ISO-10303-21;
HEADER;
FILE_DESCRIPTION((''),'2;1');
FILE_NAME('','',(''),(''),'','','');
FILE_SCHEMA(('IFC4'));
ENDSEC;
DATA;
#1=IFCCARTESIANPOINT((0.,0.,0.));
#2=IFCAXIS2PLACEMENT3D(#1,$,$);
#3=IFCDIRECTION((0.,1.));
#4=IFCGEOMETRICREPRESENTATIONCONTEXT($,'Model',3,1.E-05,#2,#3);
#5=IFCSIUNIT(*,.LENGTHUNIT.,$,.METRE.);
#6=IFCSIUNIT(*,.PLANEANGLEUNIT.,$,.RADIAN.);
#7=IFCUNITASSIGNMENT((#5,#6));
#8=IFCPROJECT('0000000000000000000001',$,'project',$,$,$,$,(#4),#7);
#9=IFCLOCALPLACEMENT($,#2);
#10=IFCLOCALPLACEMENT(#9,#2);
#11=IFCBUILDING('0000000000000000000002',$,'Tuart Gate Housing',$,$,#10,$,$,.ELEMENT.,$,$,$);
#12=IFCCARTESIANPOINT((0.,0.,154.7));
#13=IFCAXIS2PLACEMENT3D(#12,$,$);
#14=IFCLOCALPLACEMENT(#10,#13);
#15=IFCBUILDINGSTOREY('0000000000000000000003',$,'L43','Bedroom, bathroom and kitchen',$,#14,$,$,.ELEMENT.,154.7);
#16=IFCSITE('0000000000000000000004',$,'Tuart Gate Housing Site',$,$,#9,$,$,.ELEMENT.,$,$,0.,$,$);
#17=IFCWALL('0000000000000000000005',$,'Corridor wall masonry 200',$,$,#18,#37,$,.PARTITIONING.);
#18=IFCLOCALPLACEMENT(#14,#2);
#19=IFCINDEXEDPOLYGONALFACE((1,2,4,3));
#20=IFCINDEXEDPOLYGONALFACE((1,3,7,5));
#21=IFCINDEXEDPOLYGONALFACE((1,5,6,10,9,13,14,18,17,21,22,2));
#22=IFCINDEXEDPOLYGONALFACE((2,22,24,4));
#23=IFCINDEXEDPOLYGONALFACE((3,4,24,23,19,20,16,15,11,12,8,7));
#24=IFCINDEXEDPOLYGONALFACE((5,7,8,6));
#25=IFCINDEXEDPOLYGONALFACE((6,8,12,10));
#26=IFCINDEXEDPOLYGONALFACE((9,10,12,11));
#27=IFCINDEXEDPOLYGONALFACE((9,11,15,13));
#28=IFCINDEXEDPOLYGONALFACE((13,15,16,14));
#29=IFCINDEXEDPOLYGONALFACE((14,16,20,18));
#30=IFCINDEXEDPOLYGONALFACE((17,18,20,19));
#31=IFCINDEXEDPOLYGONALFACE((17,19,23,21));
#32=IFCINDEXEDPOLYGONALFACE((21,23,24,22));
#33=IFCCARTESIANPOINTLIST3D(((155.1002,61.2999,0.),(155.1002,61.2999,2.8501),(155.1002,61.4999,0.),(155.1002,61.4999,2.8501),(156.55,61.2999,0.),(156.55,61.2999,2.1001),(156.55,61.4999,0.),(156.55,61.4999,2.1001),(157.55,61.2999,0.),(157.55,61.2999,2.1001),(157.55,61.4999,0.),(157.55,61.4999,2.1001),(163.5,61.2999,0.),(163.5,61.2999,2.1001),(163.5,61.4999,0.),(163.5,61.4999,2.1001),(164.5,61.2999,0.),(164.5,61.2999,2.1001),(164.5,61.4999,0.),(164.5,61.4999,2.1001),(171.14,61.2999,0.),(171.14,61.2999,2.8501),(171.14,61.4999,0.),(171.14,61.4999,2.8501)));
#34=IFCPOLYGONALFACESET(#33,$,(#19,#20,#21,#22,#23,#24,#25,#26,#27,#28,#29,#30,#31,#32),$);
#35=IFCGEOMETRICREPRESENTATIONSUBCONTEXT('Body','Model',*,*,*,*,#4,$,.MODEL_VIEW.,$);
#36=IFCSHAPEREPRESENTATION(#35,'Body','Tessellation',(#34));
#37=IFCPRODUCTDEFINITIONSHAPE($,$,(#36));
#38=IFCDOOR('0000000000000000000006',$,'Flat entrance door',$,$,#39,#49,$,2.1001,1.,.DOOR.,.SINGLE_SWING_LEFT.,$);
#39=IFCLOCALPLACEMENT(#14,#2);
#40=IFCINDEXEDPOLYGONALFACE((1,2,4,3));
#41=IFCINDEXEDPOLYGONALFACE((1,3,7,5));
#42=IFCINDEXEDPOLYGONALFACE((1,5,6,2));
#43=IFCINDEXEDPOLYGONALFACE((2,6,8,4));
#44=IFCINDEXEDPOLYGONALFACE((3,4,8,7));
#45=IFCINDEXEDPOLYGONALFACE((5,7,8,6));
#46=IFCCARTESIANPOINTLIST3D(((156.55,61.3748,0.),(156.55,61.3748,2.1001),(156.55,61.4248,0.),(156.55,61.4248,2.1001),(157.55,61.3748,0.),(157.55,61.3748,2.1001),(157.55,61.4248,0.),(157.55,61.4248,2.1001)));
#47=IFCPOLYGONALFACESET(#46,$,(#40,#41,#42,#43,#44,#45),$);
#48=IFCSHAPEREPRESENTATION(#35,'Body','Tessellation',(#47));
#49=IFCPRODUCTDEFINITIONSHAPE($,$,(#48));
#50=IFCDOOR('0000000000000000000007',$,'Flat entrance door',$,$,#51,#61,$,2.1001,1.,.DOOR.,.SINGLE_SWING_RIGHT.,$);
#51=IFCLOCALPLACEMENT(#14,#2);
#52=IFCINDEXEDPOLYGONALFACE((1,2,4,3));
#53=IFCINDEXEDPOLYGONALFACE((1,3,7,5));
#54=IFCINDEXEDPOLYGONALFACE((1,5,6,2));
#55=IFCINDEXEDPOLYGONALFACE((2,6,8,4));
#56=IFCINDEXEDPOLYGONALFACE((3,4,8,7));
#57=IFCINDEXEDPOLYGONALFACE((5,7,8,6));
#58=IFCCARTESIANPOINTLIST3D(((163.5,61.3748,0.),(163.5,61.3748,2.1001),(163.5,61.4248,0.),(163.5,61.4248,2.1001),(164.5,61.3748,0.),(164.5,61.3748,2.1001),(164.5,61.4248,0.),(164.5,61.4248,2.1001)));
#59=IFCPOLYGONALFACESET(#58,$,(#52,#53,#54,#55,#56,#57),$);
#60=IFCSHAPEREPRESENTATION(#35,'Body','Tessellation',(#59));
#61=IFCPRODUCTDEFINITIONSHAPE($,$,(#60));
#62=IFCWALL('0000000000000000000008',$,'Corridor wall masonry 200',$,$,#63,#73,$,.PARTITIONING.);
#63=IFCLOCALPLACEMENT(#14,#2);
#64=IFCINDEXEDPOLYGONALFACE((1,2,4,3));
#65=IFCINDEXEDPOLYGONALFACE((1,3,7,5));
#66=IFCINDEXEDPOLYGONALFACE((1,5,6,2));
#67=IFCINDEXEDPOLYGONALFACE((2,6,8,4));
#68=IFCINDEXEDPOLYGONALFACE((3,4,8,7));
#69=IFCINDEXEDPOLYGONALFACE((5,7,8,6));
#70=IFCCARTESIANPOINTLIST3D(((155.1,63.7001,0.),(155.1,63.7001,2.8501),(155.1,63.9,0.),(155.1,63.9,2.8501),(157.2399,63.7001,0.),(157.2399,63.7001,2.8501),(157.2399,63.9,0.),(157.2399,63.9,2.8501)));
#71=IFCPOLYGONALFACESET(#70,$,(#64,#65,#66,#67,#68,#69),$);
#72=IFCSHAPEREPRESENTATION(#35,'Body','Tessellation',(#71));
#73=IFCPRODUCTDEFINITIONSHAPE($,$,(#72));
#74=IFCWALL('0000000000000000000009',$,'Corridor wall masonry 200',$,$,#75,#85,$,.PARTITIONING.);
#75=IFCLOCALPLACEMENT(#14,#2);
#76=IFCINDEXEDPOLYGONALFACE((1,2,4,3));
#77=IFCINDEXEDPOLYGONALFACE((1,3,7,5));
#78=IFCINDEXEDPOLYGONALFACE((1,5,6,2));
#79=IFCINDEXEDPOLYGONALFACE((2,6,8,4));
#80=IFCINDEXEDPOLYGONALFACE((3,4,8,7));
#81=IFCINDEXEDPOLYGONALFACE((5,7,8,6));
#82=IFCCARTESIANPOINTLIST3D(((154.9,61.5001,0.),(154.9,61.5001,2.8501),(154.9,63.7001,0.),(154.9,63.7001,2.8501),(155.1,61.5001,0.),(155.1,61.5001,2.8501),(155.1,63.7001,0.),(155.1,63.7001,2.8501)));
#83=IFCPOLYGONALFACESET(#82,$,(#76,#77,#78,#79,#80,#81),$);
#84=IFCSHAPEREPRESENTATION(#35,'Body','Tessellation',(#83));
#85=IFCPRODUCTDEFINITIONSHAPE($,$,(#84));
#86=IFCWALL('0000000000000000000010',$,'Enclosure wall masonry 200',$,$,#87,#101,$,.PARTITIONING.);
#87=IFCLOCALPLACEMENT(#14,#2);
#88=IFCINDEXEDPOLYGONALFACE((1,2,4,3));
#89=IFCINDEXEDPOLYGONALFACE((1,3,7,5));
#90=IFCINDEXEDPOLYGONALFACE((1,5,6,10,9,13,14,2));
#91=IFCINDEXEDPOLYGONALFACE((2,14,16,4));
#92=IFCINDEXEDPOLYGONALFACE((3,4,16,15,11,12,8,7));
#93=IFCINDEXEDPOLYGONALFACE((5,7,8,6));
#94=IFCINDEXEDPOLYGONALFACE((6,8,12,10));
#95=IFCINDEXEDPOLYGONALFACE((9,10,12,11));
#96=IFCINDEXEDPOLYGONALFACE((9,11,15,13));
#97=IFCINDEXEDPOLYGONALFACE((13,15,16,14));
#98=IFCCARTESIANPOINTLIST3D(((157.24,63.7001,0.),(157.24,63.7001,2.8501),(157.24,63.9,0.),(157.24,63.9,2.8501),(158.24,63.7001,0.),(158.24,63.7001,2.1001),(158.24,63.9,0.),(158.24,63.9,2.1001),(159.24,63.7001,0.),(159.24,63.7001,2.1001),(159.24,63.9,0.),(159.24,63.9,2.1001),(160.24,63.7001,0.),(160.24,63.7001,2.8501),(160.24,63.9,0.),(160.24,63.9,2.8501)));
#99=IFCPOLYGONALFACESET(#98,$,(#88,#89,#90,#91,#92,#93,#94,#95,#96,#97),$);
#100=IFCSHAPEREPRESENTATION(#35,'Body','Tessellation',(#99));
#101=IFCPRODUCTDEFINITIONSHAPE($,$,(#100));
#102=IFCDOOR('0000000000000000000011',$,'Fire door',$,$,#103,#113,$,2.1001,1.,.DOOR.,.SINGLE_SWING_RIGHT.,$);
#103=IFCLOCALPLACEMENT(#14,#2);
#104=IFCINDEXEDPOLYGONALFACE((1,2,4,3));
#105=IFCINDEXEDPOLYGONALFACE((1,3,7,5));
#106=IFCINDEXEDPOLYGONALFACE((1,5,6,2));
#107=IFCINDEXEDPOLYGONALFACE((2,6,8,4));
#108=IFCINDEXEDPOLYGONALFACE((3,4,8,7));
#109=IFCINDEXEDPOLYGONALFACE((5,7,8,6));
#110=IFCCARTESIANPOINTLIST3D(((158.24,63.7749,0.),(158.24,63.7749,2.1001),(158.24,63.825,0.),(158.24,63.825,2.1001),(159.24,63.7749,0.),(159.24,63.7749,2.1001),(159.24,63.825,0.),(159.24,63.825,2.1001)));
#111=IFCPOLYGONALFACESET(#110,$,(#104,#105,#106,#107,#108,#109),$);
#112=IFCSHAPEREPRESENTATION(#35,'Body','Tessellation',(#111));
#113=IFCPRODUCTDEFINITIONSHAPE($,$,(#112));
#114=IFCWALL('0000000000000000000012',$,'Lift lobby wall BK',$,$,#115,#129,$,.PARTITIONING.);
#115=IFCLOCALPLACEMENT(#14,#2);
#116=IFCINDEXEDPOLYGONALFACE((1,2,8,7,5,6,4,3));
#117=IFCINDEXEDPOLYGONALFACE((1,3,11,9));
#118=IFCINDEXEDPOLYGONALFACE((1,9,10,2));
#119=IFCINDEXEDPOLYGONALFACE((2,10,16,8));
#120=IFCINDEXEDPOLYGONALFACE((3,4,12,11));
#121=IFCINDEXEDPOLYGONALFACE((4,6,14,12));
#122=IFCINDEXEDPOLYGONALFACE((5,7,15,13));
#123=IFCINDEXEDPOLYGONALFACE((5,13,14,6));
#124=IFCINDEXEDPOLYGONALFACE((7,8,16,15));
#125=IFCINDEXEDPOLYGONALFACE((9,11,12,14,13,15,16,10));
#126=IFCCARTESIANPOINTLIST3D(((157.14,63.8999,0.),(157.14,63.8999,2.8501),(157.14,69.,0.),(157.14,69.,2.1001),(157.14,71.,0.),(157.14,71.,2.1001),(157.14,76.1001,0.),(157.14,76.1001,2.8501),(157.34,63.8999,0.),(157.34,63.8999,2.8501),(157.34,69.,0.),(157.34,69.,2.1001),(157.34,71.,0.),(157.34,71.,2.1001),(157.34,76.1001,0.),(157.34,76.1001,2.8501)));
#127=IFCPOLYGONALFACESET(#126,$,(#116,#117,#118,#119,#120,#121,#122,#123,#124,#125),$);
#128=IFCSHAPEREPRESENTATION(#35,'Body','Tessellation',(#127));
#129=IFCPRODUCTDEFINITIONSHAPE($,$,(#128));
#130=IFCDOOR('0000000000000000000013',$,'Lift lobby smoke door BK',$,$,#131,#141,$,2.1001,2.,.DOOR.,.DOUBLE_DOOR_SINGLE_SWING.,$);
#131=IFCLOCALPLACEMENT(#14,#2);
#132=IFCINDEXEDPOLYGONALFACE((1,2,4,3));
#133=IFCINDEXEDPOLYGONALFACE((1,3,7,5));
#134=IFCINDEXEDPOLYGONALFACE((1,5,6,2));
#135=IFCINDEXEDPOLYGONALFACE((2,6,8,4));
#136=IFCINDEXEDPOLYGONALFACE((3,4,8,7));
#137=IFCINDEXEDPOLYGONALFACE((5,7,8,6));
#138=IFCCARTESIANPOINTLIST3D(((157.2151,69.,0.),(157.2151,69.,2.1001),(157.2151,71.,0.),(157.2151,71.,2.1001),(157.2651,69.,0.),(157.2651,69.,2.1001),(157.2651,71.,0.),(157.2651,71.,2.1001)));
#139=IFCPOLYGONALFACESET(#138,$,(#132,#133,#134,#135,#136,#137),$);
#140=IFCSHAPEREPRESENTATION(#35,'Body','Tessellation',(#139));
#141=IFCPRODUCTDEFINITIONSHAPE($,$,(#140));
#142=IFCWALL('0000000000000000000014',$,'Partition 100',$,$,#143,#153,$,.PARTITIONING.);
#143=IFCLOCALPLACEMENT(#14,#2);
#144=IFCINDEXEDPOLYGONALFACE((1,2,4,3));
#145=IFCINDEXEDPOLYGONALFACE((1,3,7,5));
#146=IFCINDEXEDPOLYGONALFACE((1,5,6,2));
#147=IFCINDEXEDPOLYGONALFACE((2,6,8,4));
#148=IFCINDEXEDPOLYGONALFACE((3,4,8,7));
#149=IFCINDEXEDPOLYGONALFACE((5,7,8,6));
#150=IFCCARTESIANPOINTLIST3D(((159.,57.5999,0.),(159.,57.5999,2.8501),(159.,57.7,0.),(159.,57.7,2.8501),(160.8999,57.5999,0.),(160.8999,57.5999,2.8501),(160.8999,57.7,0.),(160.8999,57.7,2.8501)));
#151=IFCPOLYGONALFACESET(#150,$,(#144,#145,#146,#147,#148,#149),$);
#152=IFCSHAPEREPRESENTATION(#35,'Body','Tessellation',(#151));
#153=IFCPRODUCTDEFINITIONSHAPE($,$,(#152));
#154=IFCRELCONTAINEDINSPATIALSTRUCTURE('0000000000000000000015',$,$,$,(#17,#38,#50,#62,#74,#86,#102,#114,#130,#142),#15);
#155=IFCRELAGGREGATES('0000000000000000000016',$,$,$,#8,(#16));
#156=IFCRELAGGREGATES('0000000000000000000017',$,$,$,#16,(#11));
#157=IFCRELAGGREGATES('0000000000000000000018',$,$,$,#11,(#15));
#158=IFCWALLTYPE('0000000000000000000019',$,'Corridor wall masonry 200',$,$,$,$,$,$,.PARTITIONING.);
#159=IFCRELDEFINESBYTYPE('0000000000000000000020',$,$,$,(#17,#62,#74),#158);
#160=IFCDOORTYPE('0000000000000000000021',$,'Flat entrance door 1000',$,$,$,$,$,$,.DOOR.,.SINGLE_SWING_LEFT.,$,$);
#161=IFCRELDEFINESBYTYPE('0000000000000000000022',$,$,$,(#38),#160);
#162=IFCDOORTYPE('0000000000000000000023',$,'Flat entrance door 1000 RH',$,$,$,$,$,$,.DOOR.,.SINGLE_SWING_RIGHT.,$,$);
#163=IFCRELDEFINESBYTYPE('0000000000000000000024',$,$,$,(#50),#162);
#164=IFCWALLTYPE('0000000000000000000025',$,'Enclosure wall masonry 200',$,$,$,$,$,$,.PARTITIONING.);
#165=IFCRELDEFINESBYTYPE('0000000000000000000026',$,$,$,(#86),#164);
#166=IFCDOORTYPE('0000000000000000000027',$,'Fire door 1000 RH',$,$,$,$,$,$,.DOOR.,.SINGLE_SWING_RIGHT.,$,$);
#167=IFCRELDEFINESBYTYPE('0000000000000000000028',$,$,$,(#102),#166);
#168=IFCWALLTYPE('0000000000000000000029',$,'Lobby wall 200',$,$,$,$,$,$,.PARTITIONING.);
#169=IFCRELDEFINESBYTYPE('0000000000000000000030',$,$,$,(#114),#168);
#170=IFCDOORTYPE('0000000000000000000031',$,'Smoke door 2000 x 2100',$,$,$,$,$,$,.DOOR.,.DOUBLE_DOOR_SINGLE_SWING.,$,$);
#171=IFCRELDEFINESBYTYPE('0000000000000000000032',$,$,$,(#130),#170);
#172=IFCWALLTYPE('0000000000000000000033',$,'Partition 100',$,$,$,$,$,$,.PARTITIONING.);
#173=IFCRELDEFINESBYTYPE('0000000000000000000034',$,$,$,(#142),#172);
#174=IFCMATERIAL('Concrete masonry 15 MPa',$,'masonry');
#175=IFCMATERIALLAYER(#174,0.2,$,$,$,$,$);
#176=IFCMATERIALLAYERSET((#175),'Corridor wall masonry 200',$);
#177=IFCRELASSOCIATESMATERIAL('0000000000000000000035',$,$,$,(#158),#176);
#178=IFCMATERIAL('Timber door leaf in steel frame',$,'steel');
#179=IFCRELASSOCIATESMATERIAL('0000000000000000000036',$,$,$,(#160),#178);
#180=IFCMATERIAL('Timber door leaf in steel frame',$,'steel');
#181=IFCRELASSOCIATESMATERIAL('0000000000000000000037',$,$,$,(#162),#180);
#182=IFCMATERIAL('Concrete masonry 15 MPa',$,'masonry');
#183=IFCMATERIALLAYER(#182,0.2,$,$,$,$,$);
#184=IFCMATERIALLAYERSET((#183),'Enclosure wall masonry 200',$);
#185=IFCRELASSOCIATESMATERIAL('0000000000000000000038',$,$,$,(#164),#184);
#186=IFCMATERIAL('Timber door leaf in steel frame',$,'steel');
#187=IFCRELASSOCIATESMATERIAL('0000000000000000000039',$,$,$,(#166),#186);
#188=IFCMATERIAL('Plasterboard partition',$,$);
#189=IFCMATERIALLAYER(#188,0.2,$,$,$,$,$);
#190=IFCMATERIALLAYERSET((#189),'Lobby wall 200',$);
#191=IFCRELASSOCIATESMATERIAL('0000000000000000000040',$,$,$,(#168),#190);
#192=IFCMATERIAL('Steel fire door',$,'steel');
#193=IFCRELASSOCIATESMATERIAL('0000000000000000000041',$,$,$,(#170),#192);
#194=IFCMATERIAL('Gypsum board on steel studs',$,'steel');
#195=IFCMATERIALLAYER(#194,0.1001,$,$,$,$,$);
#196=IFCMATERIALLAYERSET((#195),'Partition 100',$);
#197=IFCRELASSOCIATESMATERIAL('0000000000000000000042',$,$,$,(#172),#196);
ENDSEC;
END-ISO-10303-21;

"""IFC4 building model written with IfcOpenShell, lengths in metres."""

from ifc_helpers import new_model, si_unit, direction, frame, frame_2d, origin, place, context, subcontext, project, spatial, rectangle, extrude, material, layer, layer_set, type_object, element, fill, save


model = new_model("IFC4")

# Units and contexts
model_context = context("Model", 3, precision=1e-05, world=origin(), true_north=direction((0.0, 1.0)))
body_context = subcontext(model_context, "Body", "Model", "MODEL_VIEW")
ifc_project = project(units=[si_unit("LENGTHUNIT", "METRE"), si_unit("PLANEANGLEUNIT", "RADIAN")], contexts=[model_context])

# Site, building, storey
site_placement = place(None, origin())
site = spatial("IfcSite", under=ifc_project, at=site_placement, Name="Tuart Gate Housing Site", CompositionType="ELEMENT", RefElevation=0.0)
building_placement = place(site_placement, origin())
building = spatial("IfcBuilding", under=site, at=building_placement, Name="Tuart Gate Housing", CompositionType="ELEMENT")
storey_placement = place(building_placement, frame((0.0, 0.0, 154.7)))
storey = spatial("IfcBuildingStorey", under=building, at=storey_placement, Name="L43", Description="Bedroom, bathroom and kitchen", CompositionType="ELEMENT", Elevation=154.7)

# Wall, openings, doors
ifc_material_1 = material(Name="Concrete masonry 15 MPa", Category="masonry")
ifc_layer_1 = layer(ifc_material_1, 0.2)
ifc_layer_set_1 = layer_set([ifc_layer_1], Name="Corridor wall masonry 200")
wall_type_1 = type_object("IfcWallType", Name="Corridor wall masonry 200", PredefinedType="PARTITIONING", material=ifc_layer_set_1)
wall_1_placement = place(storey_placement, frame((155.1001, 61.3999, 0.0), z_axis=(0.0, 0.0, 1.0), x_axis=(1.0, 0.0, 0.0)))
wall_1 = element("IfcWall", 1, at=wall_1_placement, inside=storey, type_object=wall_type_1, Name="Corridor wall masonry 200", PredefinedType="PARTITIONING", context=body_context, shape_type="SweptSolid", body=[
    extrude(rectangle(XDim=16.0398, YDim=0.2, at=frame_2d((8.02, 0.0))), origin(), (0.0, 0.0, 1.0), 2.8501),
])
opening_1_placement = place(wall_1_placement, frame((1.45, 0.0, 0.0)))
opening_1 = element("IfcOpeningElement", 2, at=opening_1_placement, cuts=wall_1, PredefinedType="OPENING", context=body_context, shape_type="SweptSolid", body=[
    extrude(rectangle(XDim=1.0, YDim=2.1001, at=frame_2d((0.5, 1.05))), frame((0.0, 0.1099, 0.0), z_axis=(0.0, -1.0, 0.0), x_axis=(1.0, 0.0, 0.0)), (0.0, 0.0, 1.0), 0.22),
])
opening_2_placement = place(wall_1_placement, frame((8.3999, 0.0, 0.0)))
opening_2 = element("IfcOpeningElement", 3, at=opening_2_placement, cuts=wall_1, PredefinedType="OPENING", context=body_context, shape_type="SweptSolid", body=[
    extrude(rectangle(XDim=1.0, YDim=2.1001, at=frame_2d((0.5, 1.05))), frame((0.0, 0.1099, 0.0), z_axis=(0.0, -1.0, 0.0), x_axis=(1.0, 0.0, 0.0)), (0.0, 0.0, 1.0), 0.22),
])
ifc_material_2 = material(Name="Timber door leaf in steel frame", Category="steel")
door_type_1 = type_object("IfcDoorType", Name="Flat entrance door 1000", OperationType="SINGLE_SWING_LEFT", PredefinedType="DOOR", material=ifc_material_2)
door_1_placement = place(opening_1_placement, frame((1.0, 0.0, 0.0), z_axis=(0.0, 0.0, 1.0), x_axis=(-1.0, 0.0, 0.0)))
door_1 = element("IfcDoor", 4, at=door_1_placement, inside=storey, type_object=door_type_1, Name="Flat entrance door", OperationType="SINGLE_SWING_LEFT", OverallHeight=2.1001, OverallWidth=1.0, PredefinedType="DOOR", context=body_context, shape_type="SweptSolid", body=[
    extrude(rectangle(XDim=1.0, YDim=2.1001, at=frame_2d((0.5, 1.05))), frame((0.0, 0.0251, 0.0), z_axis=(0.0, -1.0, 0.0), x_axis=(1.0, 0.0, 0.0)), (0.0, 0.0, 1.0), 0.05),
])
fill(opening_1, door_1)
ifc_material_3 = material(Name="Timber door leaf in steel frame", Category="steel")
door_type_2 = type_object("IfcDoorType", Name="Flat entrance door 1000 RH", OperationType="SINGLE_SWING_RIGHT", PredefinedType="DOOR", material=ifc_material_3)
door_2_placement = place(opening_2_placement, frame((1.0, 0.0, 0.0), z_axis=(0.0, 0.0, 1.0), x_axis=(-1.0, 0.0, 0.0)))
door_2 = element("IfcDoor", 5, at=door_2_placement, inside=storey, type_object=door_type_2, Name="Flat entrance door", OperationType="SINGLE_SWING_RIGHT", OverallHeight=2.1001, OverallWidth=1.0, PredefinedType="DOOR", context=body_context, shape_type="SweptSolid", body=[
    extrude(rectangle(XDim=1.0, YDim=2.1001, at=frame_2d((0.5, 1.05))), frame((0.0, 0.0251, 0.0), z_axis=(0.0, -1.0, 0.0), x_axis=(1.0, 0.0, 0.0)), (0.0, 0.0, 1.0), 0.05),
])
fill(opening_2, door_2)

# Walls
wall_2_placement = place(storey_placement, frame((155.1001, 63.8, 0.0), z_axis=(0.0, 0.0, 1.0), x_axis=(1.0, 0.0, 0.0)))
element("IfcWall", 6, at=wall_2_placement, inside=storey, type_object=wall_type_1, Name="Corridor wall masonry 200", PredefinedType="PARTITIONING", context=body_context, shape_type="SweptSolid", body=[
    extrude(rectangle(XDim=2.1399, YDim=0.2, at=frame_2d((1.0698, 0.0))), origin(), (0.0, 0.0, 1.0), 2.8501),
])
wall_3_placement = place(storey_placement, frame((155.0, 61.5, 0.0), z_axis=(0.0, 0.0, 1.0), x_axis=(0.0, 1.0, 0.0)))
element("IfcWall", 7, at=wall_3_placement, inside=storey, type_object=wall_type_1, Name="Corridor wall masonry 200", PredefinedType="PARTITIONING", context=body_context, shape_type="SweptSolid", body=[
    extrude(rectangle(XDim=2.2, YDim=0.2, at=frame_2d((1.1001, 0.0))), origin(), (0.0, 0.0, 1.0), 2.8501),
])

# Walls, openings, doors
ifc_material_4 = material(Name="Concrete masonry 15 MPa", Category="masonry")
ifc_layer_2 = layer(ifc_material_4, 0.2)
ifc_layer_set_2 = layer_set([ifc_layer_2], Name="Enclosure wall masonry 200")
wall_type_2 = type_object("IfcWallType", Name="Enclosure wall masonry 200", PredefinedType="PARTITIONING", material=ifc_layer_set_2)
wall_4_placement = place(storey_placement, frame((157.24, 63.8, 0.0), z_axis=(0.0, 0.0, 1.0), x_axis=(1.0, 0.0, 0.0)))
wall_4 = element("IfcWall", 8, at=wall_4_placement, inside=storey, type_object=wall_type_2, Name="Enclosure wall masonry 200", PredefinedType="PARTITIONING", context=body_context, shape_type="SweptSolid", body=[
    extrude(rectangle(XDim=3.0, YDim=0.2, at=frame_2d((1.5, 0.0))), origin(), (0.0, 0.0, 1.0), 2.8501),
])
opening_3_placement = place(wall_4_placement, frame((1.0, 0.0, 0.0)))
opening_3 = element("IfcOpeningElement", 9, at=opening_3_placement, cuts=wall_4, PredefinedType="OPENING", context=body_context, shape_type="SweptSolid", body=[
    extrude(rectangle(XDim=1.0, YDim=2.1001, at=frame_2d((0.5, 1.05))), frame((0.0, 0.1099, 0.0), z_axis=(0.0, -1.0, 0.0), x_axis=(1.0, 0.0, 0.0)), (0.0, 0.0, 1.0), 0.22),
])
ifc_material_5 = material(Name="Timber door leaf in steel frame", Category="steel")
door_type_3 = type_object("IfcDoorType", Name="Fire door 1000 RH", OperationType="SINGLE_SWING_RIGHT", PredefinedType="DOOR", material=ifc_material_5)
door_3_placement = place(opening_3_placement, frame((1.0, 0.0, 0.0), z_axis=(0.0, 0.0, 1.0), x_axis=(-1.0, 0.0, 0.0)))
door_3 = element("IfcDoor", 10, at=door_3_placement, inside=storey, type_object=door_type_3, Name="Fire door", OperationType="SINGLE_SWING_RIGHT", OverallHeight=2.1001, OverallWidth=1.0, PredefinedType="DOOR", context=body_context, shape_type="SweptSolid", body=[
    extrude(rectangle(XDim=1.0, YDim=2.1001, at=frame_2d((0.5, 1.05))), frame((0.0, 0.0251, 0.0), z_axis=(0.0, -1.0, 0.0), x_axis=(1.0, 0.0, 0.0)), (0.0, 0.0, 1.0), 0.05),
])
fill(opening_3, door_3)
ifc_material_6 = material(Name="Plasterboard partition")
ifc_layer_3 = layer(ifc_material_6, 0.2)
ifc_layer_set_3 = layer_set([ifc_layer_3], Name="Lobby wall 200")
wall_type_3 = type_object("IfcWallType", Name="Lobby wall 200", PredefinedType="PARTITIONING", material=ifc_layer_set_3)
wall_5_placement = place(storey_placement, frame((157.24, 63.8999, 0.0), z_axis=(0.0, 0.0, 1.0), x_axis=(0.0, 1.0, 0.0)))
wall_5 = element("IfcWall", 11, at=wall_5_placement, inside=storey, type_object=wall_type_3, Name="Lift lobby wall BK", PredefinedType="PARTITIONING", context=body_context, shape_type="SweptSolid", body=[
    extrude(rectangle(XDim=12.2002, YDim=0.2, at=frame_2d((6.1001, 0.0))), origin(), (0.0, 0.0, 1.0), 2.8501),
])
opening_4_placement = place(wall_5_placement, frame((5.1001, 0.0, 0.0)))
opening_4 = element("IfcOpeningElement", 12, at=opening_4_placement, cuts=wall_5, PredefinedType="OPENING", context=body_context, shape_type="SweptSolid", body=[
    extrude(rectangle(XDim=2.0, YDim=2.1001, at=frame_2d((1.0, 1.05))), frame((0.0, 0.1099, 0.0), z_axis=(0.0, -1.0, 0.0), x_axis=(1.0, 0.0, 0.0)), (0.0, 0.0, 1.0), 0.22),
])
ifc_material_7 = material(Name="Steel fire door", Category="steel")
door_type_4 = type_object("IfcDoorType", Name="Smoke door 2000 x 2100", OperationType="DOUBLE_DOOR_SINGLE_SWING", PredefinedType="DOOR", material=ifc_material_7)
door_4_placement = place(opening_4_placement, frame((2.0, 0.0, 0.0), z_axis=(0.0, 0.0, 1.0), x_axis=(-1.0, 0.0, 0.0)))
door_4 = element("IfcDoor", 13, at=door_4_placement, inside=storey, type_object=door_type_4, Name="Lift lobby smoke door BK", OperationType="DOUBLE_DOOR_SINGLE_SWING", OverallHeight=2.1001, OverallWidth=2.0, PredefinedType="DOOR", context=body_context, shape_type="SweptSolid", body=[
    extrude(rectangle(XDim=2.0, YDim=2.1001, at=frame_2d((1.0, 1.05))), frame((0.0, 0.0251, 0.0), z_axis=(0.0, -1.0, 0.0), x_axis=(1.0, 0.0, 0.0)), (0.0, 0.0, 1.0), 0.05),
])
fill(opening_4, door_4)

# Wall
ifc_material_8 = material(Name="Gypsum board on steel studs", Category="steel")
ifc_layer_4 = layer(ifc_material_8, 0.1001)
ifc_layer_set_4 = layer_set([ifc_layer_4], Name="Partition 100")
wall_type_4 = type_object("IfcWallType", Name="Partition 100", PredefinedType="PARTITIONING", material=ifc_layer_set_4)
wall_6_placement = place(storey_placement, frame((159.0, 57.6499, 0.0), z_axis=(0.0, 0.0, 1.0), x_axis=(1.0, 0.0, 0.0)))
element("IfcWall", 14, at=wall_6_placement, inside=storey, type_object=wall_type_4, Name="Partition 100", PredefinedType="PARTITIONING", context=body_context, shape_type="SweptSolid", body=[
    extrude(rectangle(XDim=1.8999, YDim=0.1001, at=frame_2d((0.95, 0.0))), origin(), (0.0, 0.0, 1.0), 2.8501),
])

save(model, "model.ifc")
